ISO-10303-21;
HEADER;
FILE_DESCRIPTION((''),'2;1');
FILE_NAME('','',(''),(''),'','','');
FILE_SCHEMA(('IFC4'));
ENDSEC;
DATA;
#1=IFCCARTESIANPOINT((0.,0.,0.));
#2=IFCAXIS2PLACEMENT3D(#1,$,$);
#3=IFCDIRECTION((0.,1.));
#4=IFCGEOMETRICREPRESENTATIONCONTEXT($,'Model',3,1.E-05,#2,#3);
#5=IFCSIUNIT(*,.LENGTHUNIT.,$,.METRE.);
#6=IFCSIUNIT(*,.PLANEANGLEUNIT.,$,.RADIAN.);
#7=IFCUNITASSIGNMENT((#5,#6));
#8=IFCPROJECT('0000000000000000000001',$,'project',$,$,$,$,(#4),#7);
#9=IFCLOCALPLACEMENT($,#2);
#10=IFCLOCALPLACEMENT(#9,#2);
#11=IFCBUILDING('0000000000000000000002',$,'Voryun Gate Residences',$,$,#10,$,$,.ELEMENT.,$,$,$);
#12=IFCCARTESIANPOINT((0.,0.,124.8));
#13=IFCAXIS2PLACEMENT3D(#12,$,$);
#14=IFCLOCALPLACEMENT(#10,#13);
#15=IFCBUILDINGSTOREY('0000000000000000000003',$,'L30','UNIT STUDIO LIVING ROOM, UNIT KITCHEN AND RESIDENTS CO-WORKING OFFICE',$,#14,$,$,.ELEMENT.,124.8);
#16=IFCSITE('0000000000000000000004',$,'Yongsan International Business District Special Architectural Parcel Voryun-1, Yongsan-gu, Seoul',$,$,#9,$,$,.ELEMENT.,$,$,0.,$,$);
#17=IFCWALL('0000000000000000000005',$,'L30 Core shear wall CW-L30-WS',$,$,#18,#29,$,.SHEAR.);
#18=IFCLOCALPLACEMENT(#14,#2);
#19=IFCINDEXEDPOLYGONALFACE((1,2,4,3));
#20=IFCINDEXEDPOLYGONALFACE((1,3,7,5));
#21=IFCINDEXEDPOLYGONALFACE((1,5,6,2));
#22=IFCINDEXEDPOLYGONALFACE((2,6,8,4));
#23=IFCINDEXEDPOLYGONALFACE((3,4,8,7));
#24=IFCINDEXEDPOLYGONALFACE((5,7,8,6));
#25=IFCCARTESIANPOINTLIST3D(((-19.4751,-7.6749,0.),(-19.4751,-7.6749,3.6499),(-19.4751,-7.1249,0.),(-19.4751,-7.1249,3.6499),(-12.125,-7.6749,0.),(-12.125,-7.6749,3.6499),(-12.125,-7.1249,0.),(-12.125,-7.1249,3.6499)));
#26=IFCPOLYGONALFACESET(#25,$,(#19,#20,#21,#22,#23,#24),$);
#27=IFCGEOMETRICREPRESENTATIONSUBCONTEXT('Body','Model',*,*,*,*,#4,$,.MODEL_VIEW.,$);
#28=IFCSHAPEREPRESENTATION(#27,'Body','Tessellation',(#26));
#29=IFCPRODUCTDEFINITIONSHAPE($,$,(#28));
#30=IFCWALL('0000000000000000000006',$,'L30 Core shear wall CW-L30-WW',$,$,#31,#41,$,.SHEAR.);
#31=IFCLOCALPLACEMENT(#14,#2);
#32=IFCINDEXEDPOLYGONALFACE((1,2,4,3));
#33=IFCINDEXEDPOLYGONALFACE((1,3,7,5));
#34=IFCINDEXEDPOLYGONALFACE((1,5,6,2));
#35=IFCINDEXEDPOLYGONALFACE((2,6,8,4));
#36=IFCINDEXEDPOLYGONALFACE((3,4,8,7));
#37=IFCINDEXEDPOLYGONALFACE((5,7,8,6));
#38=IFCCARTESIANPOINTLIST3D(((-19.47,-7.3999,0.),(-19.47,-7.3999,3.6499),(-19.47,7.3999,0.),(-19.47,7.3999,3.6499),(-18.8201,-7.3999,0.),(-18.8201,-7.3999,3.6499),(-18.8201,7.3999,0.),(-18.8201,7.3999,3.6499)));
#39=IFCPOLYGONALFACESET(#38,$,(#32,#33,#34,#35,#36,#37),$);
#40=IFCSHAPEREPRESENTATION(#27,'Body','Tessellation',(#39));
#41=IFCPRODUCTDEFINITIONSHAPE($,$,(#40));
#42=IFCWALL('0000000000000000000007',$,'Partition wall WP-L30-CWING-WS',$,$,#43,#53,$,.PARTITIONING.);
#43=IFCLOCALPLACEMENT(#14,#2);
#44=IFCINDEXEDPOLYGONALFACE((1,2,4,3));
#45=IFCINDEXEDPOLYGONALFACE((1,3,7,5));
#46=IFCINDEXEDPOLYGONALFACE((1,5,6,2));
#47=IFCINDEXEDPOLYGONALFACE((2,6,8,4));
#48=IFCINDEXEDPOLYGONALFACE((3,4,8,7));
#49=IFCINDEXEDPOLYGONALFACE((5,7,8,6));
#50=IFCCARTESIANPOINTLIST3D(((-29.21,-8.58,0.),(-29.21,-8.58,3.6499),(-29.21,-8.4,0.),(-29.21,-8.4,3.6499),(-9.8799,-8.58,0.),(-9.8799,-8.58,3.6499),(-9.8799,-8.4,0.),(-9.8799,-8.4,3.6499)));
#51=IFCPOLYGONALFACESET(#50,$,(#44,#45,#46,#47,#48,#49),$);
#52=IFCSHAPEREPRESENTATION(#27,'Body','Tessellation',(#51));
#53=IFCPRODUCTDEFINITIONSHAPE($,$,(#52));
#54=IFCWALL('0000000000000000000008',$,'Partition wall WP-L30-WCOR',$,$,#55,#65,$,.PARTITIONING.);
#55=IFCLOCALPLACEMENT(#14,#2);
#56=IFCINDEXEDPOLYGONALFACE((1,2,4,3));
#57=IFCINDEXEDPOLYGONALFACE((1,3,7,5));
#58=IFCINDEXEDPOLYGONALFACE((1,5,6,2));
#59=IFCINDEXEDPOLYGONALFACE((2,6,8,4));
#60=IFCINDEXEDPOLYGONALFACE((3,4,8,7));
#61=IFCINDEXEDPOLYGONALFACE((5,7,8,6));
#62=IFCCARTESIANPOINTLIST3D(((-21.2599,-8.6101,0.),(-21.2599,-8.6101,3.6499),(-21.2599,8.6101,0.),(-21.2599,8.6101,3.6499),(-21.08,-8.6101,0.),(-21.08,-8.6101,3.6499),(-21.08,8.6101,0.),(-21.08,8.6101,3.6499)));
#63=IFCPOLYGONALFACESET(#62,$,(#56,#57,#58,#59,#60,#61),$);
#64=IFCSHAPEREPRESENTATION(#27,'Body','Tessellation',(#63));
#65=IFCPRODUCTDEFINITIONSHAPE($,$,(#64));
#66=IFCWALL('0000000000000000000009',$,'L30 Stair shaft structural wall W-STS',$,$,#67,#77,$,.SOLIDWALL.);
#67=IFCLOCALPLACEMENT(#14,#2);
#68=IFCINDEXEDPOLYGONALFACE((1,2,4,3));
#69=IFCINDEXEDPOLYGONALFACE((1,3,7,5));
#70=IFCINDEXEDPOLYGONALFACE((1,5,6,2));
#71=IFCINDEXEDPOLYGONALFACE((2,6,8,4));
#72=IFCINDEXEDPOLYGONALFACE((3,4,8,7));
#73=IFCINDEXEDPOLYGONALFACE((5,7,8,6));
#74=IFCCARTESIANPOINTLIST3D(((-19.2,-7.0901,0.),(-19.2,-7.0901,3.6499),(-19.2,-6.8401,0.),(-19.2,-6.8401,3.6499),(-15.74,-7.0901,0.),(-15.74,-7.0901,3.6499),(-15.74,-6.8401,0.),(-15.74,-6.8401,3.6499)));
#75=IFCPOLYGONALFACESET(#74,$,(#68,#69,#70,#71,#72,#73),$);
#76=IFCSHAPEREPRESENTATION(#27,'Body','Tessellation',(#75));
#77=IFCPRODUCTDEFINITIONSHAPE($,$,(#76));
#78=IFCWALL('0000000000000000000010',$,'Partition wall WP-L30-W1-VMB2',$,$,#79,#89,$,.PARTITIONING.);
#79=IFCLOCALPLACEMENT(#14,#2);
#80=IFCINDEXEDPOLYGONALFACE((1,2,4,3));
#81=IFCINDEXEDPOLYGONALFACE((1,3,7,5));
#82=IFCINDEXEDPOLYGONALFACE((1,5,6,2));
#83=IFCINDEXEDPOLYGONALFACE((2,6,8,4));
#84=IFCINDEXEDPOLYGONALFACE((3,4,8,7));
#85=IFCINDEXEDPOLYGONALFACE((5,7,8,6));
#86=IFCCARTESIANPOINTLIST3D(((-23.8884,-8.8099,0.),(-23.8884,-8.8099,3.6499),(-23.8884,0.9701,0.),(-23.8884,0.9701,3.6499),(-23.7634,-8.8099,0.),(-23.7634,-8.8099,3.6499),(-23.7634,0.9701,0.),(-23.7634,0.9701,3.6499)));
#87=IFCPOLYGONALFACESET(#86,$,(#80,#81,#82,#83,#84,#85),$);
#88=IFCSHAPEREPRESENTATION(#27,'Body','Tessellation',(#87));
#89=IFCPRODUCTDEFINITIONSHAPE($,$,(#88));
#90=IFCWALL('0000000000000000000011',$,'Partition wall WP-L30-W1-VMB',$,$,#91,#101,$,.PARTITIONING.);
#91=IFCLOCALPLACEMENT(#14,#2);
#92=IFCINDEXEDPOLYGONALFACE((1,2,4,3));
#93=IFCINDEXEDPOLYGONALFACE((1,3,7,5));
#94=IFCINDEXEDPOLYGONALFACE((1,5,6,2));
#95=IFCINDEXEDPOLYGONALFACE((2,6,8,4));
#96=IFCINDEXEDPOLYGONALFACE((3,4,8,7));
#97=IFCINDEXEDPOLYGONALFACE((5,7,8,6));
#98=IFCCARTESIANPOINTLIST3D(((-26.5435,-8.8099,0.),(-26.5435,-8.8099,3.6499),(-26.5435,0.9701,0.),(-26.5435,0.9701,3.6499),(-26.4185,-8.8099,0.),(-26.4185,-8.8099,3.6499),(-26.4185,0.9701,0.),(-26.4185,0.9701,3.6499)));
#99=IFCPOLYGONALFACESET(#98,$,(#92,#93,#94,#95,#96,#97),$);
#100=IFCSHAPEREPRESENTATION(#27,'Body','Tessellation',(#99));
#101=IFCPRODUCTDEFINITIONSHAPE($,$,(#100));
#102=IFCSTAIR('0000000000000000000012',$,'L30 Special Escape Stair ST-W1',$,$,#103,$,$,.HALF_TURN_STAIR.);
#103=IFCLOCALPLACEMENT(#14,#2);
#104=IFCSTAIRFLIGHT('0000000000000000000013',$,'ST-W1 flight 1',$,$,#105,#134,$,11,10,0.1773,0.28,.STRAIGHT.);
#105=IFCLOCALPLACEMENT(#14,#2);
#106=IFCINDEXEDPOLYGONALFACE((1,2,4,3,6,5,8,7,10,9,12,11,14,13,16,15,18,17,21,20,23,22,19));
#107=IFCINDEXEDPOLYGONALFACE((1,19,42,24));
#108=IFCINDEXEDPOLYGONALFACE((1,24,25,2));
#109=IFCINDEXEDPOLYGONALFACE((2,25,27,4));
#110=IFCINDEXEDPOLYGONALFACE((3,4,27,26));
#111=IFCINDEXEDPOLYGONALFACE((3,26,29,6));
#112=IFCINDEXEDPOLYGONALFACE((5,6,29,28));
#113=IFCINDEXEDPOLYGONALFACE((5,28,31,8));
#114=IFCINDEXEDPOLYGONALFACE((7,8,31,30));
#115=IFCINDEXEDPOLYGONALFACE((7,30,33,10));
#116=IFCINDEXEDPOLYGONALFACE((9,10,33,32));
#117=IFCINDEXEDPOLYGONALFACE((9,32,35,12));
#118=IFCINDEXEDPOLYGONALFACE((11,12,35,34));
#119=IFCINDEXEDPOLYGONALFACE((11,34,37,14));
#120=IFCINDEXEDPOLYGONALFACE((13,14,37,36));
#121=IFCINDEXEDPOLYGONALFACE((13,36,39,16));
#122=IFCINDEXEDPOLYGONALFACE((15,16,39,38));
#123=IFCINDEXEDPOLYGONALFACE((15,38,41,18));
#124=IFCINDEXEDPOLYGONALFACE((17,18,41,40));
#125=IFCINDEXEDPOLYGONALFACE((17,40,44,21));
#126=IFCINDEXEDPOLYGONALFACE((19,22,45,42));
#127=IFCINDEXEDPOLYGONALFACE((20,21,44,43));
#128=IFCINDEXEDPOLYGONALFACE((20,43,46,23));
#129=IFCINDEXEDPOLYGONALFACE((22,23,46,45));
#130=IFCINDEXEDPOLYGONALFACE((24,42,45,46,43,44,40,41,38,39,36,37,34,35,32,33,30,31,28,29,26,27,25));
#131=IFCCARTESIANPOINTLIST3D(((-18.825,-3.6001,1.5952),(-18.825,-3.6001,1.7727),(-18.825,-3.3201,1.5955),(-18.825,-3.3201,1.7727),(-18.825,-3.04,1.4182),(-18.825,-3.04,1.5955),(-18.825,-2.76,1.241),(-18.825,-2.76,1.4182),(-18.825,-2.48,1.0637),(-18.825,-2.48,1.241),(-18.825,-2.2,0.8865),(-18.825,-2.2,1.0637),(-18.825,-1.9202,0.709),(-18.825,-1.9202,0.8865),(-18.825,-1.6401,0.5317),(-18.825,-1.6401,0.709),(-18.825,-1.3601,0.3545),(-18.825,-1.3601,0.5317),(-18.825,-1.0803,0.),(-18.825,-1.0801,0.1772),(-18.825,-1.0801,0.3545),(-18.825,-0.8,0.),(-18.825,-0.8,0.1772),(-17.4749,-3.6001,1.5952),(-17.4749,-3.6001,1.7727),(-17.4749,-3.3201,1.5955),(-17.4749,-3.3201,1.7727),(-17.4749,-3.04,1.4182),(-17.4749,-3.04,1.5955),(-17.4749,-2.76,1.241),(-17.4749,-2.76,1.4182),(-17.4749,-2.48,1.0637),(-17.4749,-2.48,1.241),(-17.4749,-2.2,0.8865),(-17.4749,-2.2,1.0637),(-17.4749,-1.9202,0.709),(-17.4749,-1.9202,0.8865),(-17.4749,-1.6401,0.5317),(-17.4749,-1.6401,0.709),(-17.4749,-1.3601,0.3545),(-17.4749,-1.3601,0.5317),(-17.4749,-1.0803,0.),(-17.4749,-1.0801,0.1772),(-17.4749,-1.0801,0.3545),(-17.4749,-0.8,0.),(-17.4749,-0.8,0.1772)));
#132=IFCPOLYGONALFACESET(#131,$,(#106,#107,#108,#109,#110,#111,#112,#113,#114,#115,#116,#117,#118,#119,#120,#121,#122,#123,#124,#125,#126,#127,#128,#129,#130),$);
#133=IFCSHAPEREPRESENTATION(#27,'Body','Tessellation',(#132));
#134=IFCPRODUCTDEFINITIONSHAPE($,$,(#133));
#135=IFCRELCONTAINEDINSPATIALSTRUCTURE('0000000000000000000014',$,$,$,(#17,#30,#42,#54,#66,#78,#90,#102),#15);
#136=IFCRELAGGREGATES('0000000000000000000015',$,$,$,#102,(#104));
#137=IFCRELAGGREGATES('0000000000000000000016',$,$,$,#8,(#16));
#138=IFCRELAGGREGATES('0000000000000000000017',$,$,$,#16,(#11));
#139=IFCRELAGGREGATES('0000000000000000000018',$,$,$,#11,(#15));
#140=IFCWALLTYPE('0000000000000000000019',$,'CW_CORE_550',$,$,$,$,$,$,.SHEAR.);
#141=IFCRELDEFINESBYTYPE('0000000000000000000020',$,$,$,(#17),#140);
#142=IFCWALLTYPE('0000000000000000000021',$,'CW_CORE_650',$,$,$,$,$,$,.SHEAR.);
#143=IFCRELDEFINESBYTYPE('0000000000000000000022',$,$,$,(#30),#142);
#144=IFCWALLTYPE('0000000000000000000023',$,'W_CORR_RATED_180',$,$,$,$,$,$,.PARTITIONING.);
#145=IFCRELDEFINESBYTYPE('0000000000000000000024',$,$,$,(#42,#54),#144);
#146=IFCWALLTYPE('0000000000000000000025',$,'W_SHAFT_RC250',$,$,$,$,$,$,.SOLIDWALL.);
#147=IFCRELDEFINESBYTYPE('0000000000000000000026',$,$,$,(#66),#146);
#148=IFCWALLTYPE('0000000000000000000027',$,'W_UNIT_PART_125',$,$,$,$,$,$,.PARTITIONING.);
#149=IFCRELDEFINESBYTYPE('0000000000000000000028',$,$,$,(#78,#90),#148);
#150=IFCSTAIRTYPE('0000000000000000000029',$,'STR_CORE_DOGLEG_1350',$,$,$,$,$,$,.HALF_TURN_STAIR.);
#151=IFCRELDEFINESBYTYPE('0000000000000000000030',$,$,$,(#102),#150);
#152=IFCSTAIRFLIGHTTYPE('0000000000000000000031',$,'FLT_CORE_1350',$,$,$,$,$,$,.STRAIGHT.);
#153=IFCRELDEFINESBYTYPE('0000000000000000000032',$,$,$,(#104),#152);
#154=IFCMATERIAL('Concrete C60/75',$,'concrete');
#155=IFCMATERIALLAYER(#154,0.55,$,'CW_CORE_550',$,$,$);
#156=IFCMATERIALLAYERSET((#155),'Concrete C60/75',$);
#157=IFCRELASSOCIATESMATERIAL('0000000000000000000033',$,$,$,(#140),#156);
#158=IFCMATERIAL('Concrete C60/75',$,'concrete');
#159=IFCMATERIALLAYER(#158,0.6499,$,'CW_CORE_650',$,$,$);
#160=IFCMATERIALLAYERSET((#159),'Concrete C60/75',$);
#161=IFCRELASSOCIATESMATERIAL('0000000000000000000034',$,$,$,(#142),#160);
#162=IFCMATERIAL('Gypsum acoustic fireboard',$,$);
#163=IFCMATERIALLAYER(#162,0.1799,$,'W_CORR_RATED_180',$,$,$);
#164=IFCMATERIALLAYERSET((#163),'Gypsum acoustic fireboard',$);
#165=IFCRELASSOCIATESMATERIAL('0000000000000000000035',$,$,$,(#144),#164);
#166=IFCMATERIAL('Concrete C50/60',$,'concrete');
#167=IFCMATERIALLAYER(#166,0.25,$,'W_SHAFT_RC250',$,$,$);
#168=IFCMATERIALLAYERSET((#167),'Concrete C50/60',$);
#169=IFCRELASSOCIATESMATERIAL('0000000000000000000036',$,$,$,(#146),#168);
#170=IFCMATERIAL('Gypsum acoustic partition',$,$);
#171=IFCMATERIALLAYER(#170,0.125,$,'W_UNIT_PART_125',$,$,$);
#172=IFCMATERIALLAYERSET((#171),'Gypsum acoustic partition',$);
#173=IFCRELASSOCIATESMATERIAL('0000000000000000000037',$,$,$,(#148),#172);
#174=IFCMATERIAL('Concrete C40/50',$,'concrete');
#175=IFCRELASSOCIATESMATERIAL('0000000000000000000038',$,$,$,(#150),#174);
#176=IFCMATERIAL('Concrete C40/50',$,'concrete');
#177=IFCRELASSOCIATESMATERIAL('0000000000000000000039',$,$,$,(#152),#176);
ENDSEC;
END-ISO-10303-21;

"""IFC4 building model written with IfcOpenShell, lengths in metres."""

from ifc_helpers import new_model, si_unit, direction, frame, frame_2d, origin, place, context, subcontext, project, spatial, polyline, rectangle, outline, extrude, material, layer, layer_set, type_object, element, aggregate, save


model = new_model("IFC4")

# Units and contexts
model_context = context("Model", 3, precision=1e-05, world=origin(), true_north=direction((0.0, 1.0)))
body_context = subcontext(model_context, "Body", "Model", "MODEL_VIEW")
ifc_project = project(units=[si_unit("LENGTHUNIT", "METRE"), si_unit("PLANEANGLEUNIT", "RADIAN")], contexts=[model_context])

# Site, building, storey
site_placement = place(None, origin())
site = spatial("IfcSite", under=ifc_project, at=site_placement, Name="Yongsan International Business District Special Architectural Parcel Voryun-1, Yongsan-gu, Seoul", CompositionType="ELEMENT", RefElevation=0.0)
building_placement = place(site_placement, origin())
building = spatial("IfcBuilding", under=site, at=building_placement, Name="Voryun Gate Residences", CompositionType="ELEMENT")
storey_placement = place(building_placement, frame((0.0, 0.0, 124.8)))
storey = spatial("IfcBuildingStorey", under=building, at=storey_placement, Name="L30", Description="UNIT STUDIO LIVING ROOM, UNIT KITCHEN AND RESIDENTS CO-WORKING OFFICE", CompositionType="ELEMENT", Elevation=124.8)

# Walls
ifc_material_1 = material(Name="Concrete C60/75", Category="concrete")
ifc_layer_1 = layer(ifc_material_1, 0.55, Name="CW_CORE_550")
ifc_layer_set_1 = layer_set([ifc_layer_1], Name="Concrete C60/75")
wall_type_1 = type_object("IfcWallType", Name="CW_CORE_550", PredefinedType="SHEAR", material=ifc_layer_set_1)
wall_1_placement = place(storey_placement, frame((-19.4751, -7.3999, 0.0), z_axis=(0.0, 0.0, 1.0), x_axis=(1.0, 0.0, 0.0)))
element("IfcWall", 1, at=wall_1_placement, inside=storey, type_object=wall_type_1, Name="L30 Core shear wall CW-L30-WS", PredefinedType="SHEAR", context=body_context, shape_type="SweptSolid", body=[
    extrude(rectangle(XDim=7.3501, YDim=0.55, at=frame_2d((3.675, 0.0))), origin(), (0.0, 0.0, 1.0), 3.6499),
])
ifc_material_2 = material(Name="Concrete C60/75", Category="concrete")
ifc_layer_2 = layer(ifc_material_2, 0.6499, Name="CW_CORE_650")
ifc_layer_set_2 = layer_set([ifc_layer_2], Name="Concrete C60/75")
wall_type_2 = type_object("IfcWallType", Name="CW_CORE_650", PredefinedType="SHEAR", material=ifc_layer_set_2)
wall_2_placement = place(storey_placement, frame((-19.145, -7.3999, 0.0), z_axis=(0.0, 0.0, 1.0), x_axis=(0.0, 1.0, 0.0)))
element("IfcWall", 2, at=wall_2_placement, inside=storey, type_object=wall_type_2, Name="L30 Core shear wall CW-L30-WW", PredefinedType="SHEAR", context=body_context, shape_type="SweptSolid", body=[
    extrude(rectangle(XDim=14.7998, YDim=0.6499, at=frame_2d((7.3999, 0.0))), origin(), (0.0, 0.0, 1.0), 3.6499),
])
ifc_material_3 = material(Name="Gypsum acoustic fireboard")
ifc_layer_3 = layer(ifc_material_3, 0.1799, Name="W_CORR_RATED_180")
ifc_layer_set_3 = layer_set([ifc_layer_3], Name="Gypsum acoustic fireboard")
wall_type_3 = type_object("IfcWallType", Name="W_CORR_RATED_180", PredefinedType="PARTITIONING", material=ifc_layer_set_3)
wall_3_placement = place(storey_placement, frame((-29.21, -8.49, 0.0), z_axis=(0.0, 0.0, 1.0), x_axis=(1.0, 0.0, 0.0)))
element("IfcWall", 3, at=wall_3_placement, inside=storey, type_object=wall_type_3, Name="Partition wall WP-L30-CWING-WS", PredefinedType="PARTITIONING", context=body_context, shape_type="SweptSolid", body=[
    extrude(rectangle(XDim=19.3301, YDim=0.1799, at=frame_2d((9.665, 0.0))), origin(), (0.0, 0.0, 1.0), 3.6499),
])
wall_4_placement = place(storey_placement, frame((-21.1699, -8.6101, 0.0), z_axis=(0.0, 0.0, 1.0), x_axis=(0.0, 1.0, 0.0)))
element("IfcWall", 4, at=wall_4_placement, inside=storey, type_object=wall_type_3, Name="Partition wall WP-L30-WCOR", PredefinedType="PARTITIONING", context=body_context, shape_type="SweptSolid", body=[
    extrude(rectangle(XDim=17.2202, YDim=0.1799, at=frame_2d((8.6101, 0.0))), origin(), (0.0, 0.0, 1.0), 3.6499),
])
ifc_material_4 = material(Name="Concrete C50/60", Category="concrete")
ifc_layer_4 = layer(ifc_material_4, 0.25, Name="W_SHAFT_RC250")
ifc_layer_set_4 = layer_set([ifc_layer_4], Name="Concrete C50/60")
wall_type_4 = type_object("IfcWallType", Name="W_SHAFT_RC250", PredefinedType="SOLIDWALL", material=ifc_layer_set_4)
wall_5_placement = place(storey_placement, frame((-19.2, -6.9651, 0.0), z_axis=(0.0, 0.0, 1.0), x_axis=(1.0, 0.0, 0.0)))
element("IfcWall", 5, at=wall_5_placement, inside=storey, type_object=wall_type_4, Name="L30 Stair shaft structural wall W-STS", PredefinedType="SOLIDWALL", context=body_context, shape_type="SweptSolid", body=[
    extrude(rectangle(XDim=3.46, YDim=0.25, at=frame_2d((1.73, 0.0))), origin(), (0.0, 0.0, 1.0), 3.6499),
])
ifc_material_5 = material(Name="Gypsum acoustic partition")
ifc_layer_5 = layer(ifc_material_5, 0.125, Name="W_UNIT_PART_125")
ifc_layer_set_5 = layer_set([ifc_layer_5], Name="Gypsum acoustic partition")
wall_type_5 = type_object("IfcWallType", Name="W_UNIT_PART_125", PredefinedType="PARTITIONING", material=ifc_layer_set_5)
for number, where, z_axis, x_axis, name in (
    (6, (-23.8259, -8.8101, 0.0), (0.0, 0.0, 1.0), (0.0, 1.0, 0.0), "Partition wall WP-L30-W1-VMB2"),
    (7, (-26.481, -8.8101, 0.0), (0.0, 0.0, 1.0), (0.0, 1.0, 0.0), "Partition wall WP-L30-W1-VMB"),
):
    element("IfcWall", number, at=place(storey_placement, frame(where, z_axis=z_axis, x_axis=x_axis)), inside=storey, type_object=wall_type_5, Name=name, PredefinedType="PARTITIONING", context=body_context, shape_type="SweptSolid", body=[
        extrude(rectangle(XDim=9.78, YDim=0.125, at=frame_2d((4.8901, 0.0))), origin(), (0.0, 0.0, 1.0), 3.6499),
    ])

# Stair, stair flight
ifc_material_6 = material(Name="Concrete C40/50", Category="concrete")
stair_type = type_object("IfcStairType", Name="STR_CORE_DOGLEG_1350", PredefinedType="HALF_TURN_STAIR", material=ifc_material_6)
stair_placement = place(storey_placement, origin())
stair = element("IfcStair", 8, at=stair_placement, inside=storey, type_object=stair_type, Name="L30 Special Escape Stair ST-W1", PredefinedType="HALF_TURN_STAIR")
ifc_material_7 = material(Name="Concrete C40/50", Category="concrete")
stair_flight_type = type_object("IfcStairFlightType", Name="FLT_CORE_1350", PredefinedType="STRAIGHT", material=ifc_material_7)
stair_flight_placement = place(storey_placement, frame((-18.1499, -0.8, 0.0), z_axis=(0.0, 0.0, 1.0), x_axis=(0.0, -1.0, 0.0)))
stair_flight = element("IfcStairFlight", 9, at=stair_flight_placement, type_object=stair_flight_type, Name="ST-W1 flight 1", NumberOfRisers=11, NumberOfTreads=10, PredefinedType="STRAIGHT", RiserHeight=0.1773, TreadLength=0.28, context=body_context, shape_type="SweptSolid", body=[
    extrude(outline(polyline([(0.0, 0.0), (0.0, 0.1772), (0.28, 0.1772), (0.28, 0.3545), (0.5601, 0.3545), (0.5601, 0.5317), (0.8401, 0.5317), (0.8401, 0.709), (1.1201, 0.709), (1.1201, 0.8865), (1.3999, 0.8865), (1.3999, 1.0637), (1.6799, 1.0637), (1.6799, 1.241), (1.96, 1.241), (1.96, 1.4182), (2.24, 1.4182), (2.24, 1.5955), (2.52, 1.5955), (2.52, 1.7727), (2.8, 1.7727), (2.8, 1.95), (2.8, 1.5952), (0.2803, 0.0), (0.0, 0.0)])), frame((0.0, 0.675, 0.0), z_axis=(0.0, -1.0, 0.0), x_axis=(1.0, 0.0, 0.0)), (0.0, 0.0, 1.0), 1.3501),
])
aggregate(stair, [stair_flight])

save(model, "model.ifc")
